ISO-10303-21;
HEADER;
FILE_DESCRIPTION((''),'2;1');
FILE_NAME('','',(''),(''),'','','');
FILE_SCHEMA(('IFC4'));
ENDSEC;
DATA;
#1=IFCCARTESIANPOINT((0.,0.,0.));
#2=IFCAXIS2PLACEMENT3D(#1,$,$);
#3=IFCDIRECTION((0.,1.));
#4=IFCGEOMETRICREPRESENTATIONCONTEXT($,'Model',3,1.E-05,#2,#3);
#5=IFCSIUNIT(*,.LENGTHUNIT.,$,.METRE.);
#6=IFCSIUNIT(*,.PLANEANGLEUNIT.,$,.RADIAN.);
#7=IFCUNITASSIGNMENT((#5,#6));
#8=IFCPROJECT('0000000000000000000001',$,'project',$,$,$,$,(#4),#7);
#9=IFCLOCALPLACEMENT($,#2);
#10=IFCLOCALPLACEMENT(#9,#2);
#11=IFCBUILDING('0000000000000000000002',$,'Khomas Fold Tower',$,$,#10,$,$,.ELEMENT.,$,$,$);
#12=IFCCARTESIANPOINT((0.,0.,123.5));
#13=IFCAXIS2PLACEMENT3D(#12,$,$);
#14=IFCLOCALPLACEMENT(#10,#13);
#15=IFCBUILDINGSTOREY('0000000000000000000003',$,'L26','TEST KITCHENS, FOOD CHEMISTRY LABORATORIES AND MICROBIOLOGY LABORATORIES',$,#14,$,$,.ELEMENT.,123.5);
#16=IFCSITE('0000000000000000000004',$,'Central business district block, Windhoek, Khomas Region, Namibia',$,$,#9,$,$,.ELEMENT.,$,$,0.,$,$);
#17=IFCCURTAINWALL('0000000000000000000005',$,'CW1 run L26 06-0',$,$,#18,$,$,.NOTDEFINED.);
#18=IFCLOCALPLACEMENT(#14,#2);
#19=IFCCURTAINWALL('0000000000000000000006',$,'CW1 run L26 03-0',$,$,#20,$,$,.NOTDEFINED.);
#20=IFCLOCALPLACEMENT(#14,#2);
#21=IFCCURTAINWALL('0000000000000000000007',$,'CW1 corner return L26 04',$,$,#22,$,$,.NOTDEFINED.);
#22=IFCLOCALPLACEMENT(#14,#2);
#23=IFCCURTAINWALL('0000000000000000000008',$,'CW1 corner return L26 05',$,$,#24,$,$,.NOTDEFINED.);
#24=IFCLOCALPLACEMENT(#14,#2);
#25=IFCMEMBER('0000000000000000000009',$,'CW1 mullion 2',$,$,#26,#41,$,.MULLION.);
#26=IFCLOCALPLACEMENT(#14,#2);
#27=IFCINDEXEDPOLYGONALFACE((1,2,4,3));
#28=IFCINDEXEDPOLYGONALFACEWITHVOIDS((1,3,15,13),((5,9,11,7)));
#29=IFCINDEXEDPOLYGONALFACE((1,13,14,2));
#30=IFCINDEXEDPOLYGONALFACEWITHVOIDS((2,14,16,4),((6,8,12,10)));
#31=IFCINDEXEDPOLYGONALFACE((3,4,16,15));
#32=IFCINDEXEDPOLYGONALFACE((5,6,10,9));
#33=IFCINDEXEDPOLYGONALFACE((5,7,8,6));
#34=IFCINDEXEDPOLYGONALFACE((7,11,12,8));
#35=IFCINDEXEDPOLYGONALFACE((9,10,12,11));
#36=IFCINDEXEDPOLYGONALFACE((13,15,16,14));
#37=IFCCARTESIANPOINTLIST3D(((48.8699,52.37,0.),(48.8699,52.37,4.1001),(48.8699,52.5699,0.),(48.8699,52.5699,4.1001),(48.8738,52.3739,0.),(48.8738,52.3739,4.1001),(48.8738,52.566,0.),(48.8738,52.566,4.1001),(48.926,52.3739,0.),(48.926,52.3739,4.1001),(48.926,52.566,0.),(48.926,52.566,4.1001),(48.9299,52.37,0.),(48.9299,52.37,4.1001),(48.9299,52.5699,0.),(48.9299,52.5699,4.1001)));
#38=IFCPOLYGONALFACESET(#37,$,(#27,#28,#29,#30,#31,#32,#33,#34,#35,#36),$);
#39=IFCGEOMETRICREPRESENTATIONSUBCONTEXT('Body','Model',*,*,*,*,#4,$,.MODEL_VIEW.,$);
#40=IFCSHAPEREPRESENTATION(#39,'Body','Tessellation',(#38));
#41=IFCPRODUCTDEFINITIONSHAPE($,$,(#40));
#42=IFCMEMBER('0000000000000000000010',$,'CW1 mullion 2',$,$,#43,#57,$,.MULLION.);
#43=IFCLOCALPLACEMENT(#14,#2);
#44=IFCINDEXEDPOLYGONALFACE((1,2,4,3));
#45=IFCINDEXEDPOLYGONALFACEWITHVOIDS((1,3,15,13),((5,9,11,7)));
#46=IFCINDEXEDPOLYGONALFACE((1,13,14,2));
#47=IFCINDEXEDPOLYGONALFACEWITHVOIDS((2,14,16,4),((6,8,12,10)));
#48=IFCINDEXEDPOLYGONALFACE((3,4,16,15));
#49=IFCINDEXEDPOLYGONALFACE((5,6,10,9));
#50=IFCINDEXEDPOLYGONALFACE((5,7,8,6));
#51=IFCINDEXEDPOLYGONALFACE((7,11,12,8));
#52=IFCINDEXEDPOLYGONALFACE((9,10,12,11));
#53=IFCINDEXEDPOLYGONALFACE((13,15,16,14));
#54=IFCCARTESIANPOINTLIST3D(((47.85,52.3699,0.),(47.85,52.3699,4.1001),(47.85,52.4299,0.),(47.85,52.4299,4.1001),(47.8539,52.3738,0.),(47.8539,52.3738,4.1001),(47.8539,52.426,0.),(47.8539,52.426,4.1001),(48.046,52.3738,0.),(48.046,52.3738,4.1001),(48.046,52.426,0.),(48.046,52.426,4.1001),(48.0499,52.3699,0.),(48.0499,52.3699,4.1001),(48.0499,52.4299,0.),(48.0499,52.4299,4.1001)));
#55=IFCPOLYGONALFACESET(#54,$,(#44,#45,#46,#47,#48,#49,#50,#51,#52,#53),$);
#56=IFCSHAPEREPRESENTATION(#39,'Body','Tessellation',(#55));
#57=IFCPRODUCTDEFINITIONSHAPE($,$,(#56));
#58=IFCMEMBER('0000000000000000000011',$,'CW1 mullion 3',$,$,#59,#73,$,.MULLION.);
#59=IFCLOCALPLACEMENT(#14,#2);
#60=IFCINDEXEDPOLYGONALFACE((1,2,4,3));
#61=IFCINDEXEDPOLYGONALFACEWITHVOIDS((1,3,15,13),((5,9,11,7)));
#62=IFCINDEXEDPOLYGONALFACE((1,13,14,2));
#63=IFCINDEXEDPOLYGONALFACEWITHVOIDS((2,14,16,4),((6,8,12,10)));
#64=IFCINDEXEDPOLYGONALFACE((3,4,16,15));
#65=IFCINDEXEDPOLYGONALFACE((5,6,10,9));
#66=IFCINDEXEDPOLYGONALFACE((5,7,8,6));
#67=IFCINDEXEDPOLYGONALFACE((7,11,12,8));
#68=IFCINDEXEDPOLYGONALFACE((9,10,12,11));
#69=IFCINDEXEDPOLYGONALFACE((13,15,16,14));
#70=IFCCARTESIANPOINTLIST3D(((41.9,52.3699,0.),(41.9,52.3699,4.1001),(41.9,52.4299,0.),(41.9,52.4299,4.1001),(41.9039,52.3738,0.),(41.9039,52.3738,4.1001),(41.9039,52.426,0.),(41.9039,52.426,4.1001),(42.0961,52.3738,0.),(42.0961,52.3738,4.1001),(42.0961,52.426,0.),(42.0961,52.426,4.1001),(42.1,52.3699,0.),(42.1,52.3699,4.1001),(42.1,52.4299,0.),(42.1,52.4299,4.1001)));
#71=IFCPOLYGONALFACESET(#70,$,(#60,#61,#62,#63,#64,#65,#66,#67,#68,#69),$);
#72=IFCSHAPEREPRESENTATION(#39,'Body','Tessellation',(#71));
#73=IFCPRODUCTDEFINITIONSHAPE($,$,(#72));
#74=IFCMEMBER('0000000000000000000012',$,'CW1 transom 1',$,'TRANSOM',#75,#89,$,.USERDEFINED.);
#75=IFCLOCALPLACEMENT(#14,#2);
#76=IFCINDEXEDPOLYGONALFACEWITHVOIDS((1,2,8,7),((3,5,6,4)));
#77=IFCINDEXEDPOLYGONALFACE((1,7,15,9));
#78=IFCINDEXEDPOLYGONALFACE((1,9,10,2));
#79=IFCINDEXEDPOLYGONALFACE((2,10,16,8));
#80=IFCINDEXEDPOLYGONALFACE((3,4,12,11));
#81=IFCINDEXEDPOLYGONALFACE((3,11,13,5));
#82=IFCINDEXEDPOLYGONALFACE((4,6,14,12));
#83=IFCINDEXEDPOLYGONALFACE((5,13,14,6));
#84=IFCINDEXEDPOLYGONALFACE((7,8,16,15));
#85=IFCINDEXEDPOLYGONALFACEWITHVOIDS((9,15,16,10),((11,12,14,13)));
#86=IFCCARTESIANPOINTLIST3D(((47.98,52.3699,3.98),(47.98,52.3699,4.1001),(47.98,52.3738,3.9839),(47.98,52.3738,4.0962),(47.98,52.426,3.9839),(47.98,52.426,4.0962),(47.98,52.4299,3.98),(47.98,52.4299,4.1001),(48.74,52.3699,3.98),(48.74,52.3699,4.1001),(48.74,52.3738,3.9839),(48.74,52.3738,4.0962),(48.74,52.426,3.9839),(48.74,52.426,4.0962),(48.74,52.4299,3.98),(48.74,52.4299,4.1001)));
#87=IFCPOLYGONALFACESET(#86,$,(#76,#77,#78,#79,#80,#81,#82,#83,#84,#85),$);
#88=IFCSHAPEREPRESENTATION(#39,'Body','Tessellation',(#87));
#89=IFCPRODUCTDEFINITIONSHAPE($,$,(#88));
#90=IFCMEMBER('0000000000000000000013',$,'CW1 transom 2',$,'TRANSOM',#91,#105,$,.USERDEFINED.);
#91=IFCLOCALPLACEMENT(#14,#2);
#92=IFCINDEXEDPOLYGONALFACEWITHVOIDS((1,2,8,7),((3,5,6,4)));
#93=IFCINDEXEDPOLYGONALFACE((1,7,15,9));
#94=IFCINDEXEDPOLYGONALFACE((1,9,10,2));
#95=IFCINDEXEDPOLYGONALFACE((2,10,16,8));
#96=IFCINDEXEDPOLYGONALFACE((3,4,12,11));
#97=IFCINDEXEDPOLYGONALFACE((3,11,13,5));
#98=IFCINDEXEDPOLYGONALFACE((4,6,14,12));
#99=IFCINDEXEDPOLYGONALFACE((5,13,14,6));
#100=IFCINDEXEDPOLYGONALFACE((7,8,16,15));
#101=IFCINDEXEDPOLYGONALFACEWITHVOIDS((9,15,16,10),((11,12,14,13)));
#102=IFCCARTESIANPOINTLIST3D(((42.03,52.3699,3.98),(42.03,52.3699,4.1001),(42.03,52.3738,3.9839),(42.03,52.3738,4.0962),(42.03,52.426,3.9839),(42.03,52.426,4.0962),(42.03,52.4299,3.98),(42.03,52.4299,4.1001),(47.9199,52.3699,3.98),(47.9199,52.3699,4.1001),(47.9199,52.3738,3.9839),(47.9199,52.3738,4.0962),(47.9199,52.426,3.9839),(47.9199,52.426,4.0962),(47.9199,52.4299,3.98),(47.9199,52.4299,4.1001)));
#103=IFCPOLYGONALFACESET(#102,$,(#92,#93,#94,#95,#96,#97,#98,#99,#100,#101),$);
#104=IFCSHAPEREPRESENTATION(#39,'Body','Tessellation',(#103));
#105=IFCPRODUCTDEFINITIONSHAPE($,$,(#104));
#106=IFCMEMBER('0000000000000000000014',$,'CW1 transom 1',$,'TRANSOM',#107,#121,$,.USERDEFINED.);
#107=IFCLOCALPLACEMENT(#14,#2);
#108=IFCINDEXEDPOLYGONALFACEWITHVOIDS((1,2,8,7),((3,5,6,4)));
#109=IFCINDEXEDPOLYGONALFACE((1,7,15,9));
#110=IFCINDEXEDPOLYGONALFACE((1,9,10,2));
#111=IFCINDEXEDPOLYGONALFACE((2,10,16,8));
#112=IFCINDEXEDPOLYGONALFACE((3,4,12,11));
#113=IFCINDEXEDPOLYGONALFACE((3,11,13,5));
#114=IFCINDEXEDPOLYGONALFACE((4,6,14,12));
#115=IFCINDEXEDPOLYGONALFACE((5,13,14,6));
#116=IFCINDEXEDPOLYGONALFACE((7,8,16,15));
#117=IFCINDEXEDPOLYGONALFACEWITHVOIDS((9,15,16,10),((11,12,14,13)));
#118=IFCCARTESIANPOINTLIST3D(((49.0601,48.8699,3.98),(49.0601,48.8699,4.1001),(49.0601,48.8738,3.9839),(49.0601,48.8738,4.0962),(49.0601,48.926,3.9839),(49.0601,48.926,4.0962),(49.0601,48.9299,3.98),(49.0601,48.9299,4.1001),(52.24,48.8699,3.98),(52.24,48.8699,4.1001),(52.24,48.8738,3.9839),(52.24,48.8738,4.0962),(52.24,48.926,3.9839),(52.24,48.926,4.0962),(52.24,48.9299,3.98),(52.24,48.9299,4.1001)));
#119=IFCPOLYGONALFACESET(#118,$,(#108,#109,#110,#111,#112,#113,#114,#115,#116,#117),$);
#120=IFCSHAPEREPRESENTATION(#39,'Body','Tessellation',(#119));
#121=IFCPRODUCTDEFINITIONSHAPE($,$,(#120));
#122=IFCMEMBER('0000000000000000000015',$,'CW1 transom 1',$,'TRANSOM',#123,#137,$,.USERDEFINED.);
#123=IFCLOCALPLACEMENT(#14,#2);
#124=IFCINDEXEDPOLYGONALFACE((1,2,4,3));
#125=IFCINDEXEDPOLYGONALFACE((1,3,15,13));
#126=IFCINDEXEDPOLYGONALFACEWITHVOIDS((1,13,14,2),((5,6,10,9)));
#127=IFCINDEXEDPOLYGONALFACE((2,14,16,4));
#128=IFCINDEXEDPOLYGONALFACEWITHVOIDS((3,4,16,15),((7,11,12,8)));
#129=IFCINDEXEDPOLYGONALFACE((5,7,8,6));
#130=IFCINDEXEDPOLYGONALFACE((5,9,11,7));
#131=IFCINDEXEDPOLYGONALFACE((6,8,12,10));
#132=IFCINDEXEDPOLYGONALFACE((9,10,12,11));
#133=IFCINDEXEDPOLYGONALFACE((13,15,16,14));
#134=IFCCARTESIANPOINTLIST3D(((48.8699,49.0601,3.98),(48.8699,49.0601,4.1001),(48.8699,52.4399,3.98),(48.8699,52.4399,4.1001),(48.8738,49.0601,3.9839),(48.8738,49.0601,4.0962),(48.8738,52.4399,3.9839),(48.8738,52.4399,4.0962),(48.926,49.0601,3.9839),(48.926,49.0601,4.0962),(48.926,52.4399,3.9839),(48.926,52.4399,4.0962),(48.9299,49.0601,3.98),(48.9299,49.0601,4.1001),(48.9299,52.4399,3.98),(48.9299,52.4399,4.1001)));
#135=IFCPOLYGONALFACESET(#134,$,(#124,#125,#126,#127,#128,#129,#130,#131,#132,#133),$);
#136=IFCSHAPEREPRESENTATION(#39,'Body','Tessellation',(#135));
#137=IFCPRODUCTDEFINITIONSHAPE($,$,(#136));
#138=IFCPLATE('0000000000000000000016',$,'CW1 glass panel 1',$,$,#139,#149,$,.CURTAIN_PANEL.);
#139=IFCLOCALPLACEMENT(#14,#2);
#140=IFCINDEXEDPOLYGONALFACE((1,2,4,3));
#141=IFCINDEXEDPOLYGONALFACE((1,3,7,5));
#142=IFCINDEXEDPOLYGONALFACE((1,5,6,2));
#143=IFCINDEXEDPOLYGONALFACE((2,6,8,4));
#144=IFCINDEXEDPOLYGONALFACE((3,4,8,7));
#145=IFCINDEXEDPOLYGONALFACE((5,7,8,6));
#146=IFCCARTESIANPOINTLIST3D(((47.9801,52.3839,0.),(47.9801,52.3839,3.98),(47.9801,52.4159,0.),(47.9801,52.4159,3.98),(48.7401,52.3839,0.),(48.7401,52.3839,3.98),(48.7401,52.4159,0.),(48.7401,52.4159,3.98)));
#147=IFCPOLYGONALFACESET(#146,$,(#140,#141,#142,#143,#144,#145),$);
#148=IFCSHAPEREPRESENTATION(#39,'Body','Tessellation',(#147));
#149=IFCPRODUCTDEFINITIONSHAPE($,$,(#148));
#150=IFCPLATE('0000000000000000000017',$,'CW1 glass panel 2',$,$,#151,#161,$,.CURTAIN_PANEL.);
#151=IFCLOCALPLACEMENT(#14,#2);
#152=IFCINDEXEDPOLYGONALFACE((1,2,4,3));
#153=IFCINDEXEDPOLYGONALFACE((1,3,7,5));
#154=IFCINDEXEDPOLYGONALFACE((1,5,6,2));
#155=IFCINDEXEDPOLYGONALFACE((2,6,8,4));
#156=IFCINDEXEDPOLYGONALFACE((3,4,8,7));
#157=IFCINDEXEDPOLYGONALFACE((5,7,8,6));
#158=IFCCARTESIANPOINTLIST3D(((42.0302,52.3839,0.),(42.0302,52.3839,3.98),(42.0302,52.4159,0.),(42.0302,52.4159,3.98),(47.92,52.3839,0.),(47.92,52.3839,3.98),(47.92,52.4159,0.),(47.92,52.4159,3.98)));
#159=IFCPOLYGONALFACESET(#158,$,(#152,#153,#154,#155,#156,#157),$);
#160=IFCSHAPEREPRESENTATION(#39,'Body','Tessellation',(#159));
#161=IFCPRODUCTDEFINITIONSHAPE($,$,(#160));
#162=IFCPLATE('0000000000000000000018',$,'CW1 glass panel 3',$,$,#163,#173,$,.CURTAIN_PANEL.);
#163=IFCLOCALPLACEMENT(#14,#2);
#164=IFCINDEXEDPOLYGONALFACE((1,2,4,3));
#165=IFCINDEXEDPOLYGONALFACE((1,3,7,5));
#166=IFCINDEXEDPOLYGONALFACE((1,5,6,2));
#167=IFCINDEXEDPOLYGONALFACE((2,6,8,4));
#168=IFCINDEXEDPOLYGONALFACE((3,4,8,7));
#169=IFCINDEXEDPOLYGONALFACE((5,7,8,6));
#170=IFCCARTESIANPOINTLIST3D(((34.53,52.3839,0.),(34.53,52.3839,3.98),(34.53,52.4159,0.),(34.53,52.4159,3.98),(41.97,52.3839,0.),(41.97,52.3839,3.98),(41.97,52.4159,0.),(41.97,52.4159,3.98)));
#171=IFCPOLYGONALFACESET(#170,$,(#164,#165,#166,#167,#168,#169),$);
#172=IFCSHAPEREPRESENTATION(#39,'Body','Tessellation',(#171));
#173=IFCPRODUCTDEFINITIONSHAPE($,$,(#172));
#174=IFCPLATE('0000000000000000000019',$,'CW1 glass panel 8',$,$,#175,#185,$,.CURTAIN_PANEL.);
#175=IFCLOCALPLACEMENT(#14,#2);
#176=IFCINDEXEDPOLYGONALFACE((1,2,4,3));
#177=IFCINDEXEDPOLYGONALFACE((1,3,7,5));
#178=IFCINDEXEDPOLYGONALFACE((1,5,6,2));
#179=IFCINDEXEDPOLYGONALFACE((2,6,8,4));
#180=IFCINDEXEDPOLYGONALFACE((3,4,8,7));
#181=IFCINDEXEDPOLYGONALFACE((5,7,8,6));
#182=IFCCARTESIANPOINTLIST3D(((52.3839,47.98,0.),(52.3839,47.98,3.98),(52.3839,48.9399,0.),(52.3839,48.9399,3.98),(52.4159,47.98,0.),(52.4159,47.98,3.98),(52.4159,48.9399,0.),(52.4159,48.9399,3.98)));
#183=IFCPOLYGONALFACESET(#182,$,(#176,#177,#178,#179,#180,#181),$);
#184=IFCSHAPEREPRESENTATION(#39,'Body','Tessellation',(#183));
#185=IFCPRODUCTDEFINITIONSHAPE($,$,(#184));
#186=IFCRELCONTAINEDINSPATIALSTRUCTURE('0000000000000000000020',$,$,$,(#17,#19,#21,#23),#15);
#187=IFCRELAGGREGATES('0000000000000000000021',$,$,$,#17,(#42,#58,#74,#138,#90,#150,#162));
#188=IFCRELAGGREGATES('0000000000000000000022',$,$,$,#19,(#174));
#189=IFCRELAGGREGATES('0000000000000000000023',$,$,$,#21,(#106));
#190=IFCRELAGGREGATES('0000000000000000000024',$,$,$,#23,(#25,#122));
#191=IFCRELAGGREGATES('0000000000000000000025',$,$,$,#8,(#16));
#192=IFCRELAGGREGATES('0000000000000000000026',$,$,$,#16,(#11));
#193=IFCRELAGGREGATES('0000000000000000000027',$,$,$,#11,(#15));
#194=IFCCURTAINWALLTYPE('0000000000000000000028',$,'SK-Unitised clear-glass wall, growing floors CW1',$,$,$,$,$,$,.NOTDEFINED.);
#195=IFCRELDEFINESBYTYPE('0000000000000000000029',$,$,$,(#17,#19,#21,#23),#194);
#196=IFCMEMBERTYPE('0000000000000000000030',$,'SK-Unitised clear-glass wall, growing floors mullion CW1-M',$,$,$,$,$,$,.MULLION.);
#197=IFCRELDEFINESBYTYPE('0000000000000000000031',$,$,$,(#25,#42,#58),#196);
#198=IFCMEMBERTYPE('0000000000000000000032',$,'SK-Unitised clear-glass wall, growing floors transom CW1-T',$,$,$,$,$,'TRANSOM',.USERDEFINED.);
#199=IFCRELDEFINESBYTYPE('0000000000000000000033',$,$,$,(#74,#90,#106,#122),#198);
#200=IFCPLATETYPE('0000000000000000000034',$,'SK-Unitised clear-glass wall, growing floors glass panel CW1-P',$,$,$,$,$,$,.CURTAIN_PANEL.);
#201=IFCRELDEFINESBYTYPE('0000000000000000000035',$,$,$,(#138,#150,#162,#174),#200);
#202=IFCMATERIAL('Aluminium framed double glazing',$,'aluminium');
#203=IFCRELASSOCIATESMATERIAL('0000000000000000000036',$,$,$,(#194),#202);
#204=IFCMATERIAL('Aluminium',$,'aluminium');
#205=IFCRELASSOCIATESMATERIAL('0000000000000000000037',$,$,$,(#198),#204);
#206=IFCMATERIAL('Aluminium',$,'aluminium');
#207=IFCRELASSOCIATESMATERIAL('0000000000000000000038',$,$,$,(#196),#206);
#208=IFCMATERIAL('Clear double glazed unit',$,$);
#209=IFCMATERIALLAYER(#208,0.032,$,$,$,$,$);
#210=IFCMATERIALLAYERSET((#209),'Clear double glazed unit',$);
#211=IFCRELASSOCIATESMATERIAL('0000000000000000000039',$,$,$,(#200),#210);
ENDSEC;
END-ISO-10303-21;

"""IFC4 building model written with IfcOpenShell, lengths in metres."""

from ifc_helpers import new_model, si_unit, direction, frame, origin, origin_2d, place, context, subcontext, project, spatial, rectangle, hollow_rectangle, extrude, source, transform, mapped, material, layer, layer_set, material_profile, profile_set, type_object, element, aggregate, save


model = new_model("IFC4")

# Units and contexts
model_context = context("Model", 3, precision=1e-05, world=origin(), true_north=direction((0.0, 1.0)))
body_context = subcontext(model_context, "Body", "Model", "MODEL_VIEW")
ifc_project = project(units=[si_unit("LENGTHUNIT", "METRE"), si_unit("PLANEANGLEUNIT", "RADIAN")], contexts=[model_context])

# Site, building, storey
site_placement = place(None, origin())
site = spatial("IfcSite", under=ifc_project, at=site_placement, Name="Central business district block, Windhoek, Khomas Region, Namibia", CompositionType="ELEMENT", RefElevation=0.0)
building_placement = place(site_placement, origin())
building = spatial("IfcBuilding", under=site, at=building_placement, Name="Khomas Fold Tower", CompositionType="ELEMENT")
storey_placement = place(building_placement, frame((0.0, 0.0, 123.5)))
storey = spatial("IfcBuildingStorey", under=building, at=storey_placement, Name="L26", Description="TEST KITCHENS, FOOD CHEMISTRY LABORATORIES AND MICROBIOLOGY LABORATORIES", CompositionType="ELEMENT", Elevation=123.5)

# Curtain walls
ifc_material_1 = material(Name="Aluminium framed double glazing", Category="aluminium")
curtain_wall_type = type_object("IfcCurtainWallType", Name="SK-Unitised clear-glass wall, growing floors CW1", PredefinedType="NOTDEFINED", material=ifc_material_1)
curtain_wall_1_placement = place(storey_placement, origin())
curtain_wall_1 = element("IfcCurtainWall", 1, at=curtain_wall_1_placement, inside=storey, type_object=curtain_wall_type, Name="CW1 run L26 06-0", PredefinedType="NOTDEFINED")
ifc_material_2 = material(Name="Aluminium", Category="aluminium")
ifc_material_profile_1 = material_profile(ifc_material_2, hollow_rectangle(XDim=0.0601, YDim=0.1201, WallThickness=0.0039, at=origin_2d()), Name="SK-Unitised clear-glass wall, growing floors transom CW1-T")
ifc_profile_set_1 = profile_set([ifc_material_profile_1], Name="Aluminium")
member_type_1 = type_object("IfcMemberType", Name="SK-Unitised clear-glass wall, growing floors transom CW1-T", ElementType="TRANSOM", PredefinedType="USERDEFINED", material=ifc_profile_set_1)
curtain_wall_2_placement = place(storey_placement, origin())
curtain_wall_2 = element("IfcCurtainWall", 2, at=curtain_wall_2_placement, inside=storey, type_object=curtain_wall_type, Name="CW1 run L26 03-0", PredefinedType="NOTDEFINED")
ifc_material_3 = material(Name="Aluminium", Category="aluminium")
ifc_material_profile_2 = material_profile(ifc_material_3, hollow_rectangle(XDim=0.0601, YDim=0.2, WallThickness=0.0039, at=origin_2d()), Name="SK-Unitised clear-glass wall, growing floors mullion CW1-M")
ifc_profile_set_2 = profile_set([ifc_material_profile_2], Name="Aluminium")
member_type_2 = type_object("IfcMemberType", Name="SK-Unitised clear-glass wall, growing floors mullion CW1-M", PredefinedType="MULLION", material=ifc_profile_set_2)
shared_shape_1 = source(origin(), body_context, "Body", "SweptSolid", [
    extrude(hollow_rectangle(XDim=0.0601, YDim=0.2, WallThickness=0.0039, at=origin_2d()), origin(), (0.0, 0.0, 1.0), 4.1001),
])

# Curtain walls, member
curtain_wall_3_placement = place(storey_placement, origin())
curtain_wall_3 = element("IfcCurtainWall", 3, at=curtain_wall_3_placement, inside=storey, type_object=curtain_wall_type, Name="CW1 corner return L26 04", PredefinedType="NOTDEFINED")
curtain_wall_4_placement = place(storey_placement, origin())
curtain_wall_4 = element("IfcCurtainWall", 4, at=curtain_wall_4_placement, inside=storey, type_object=curtain_wall_type, Name="CW1 corner return L26 05", PredefinedType="NOTDEFINED")
member_1_placement = place(storey_placement, frame((48.8999, 52.47, 0.0), z_axis=(0.0, 0.0, 1.0), x_axis=(-1.0, 0.0, 0.0)))
member_1 = element("IfcMember", 5, at=member_1_placement, type_object=member_type_2, Name="CW1 mullion 2", PredefinedType="MULLION", context=body_context, shape_type="MappedRepresentation", body=[
    mapped(shared_shape_1, transform((0.0, 0.0, 0.0))),
])

# Members
member_2_placement = place(storey_placement, frame((47.95, 52.3999, 0.0), z_axis=(0.0, 0.0, 1.0), x_axis=(0.0, -1.0, 0.0)))
member_2 = element("IfcMember", 6, at=member_2_placement, type_object=member_type_2, Name="CW1 mullion 2", PredefinedType="MULLION", context=body_context, shape_type="MappedRepresentation", body=[
    mapped(shared_shape_1, transform((0.0, 0.0, 0.0))),
])
member_3_placement = place(storey_placement, frame((42.0, 52.3999, 0.0), z_axis=(0.0, 0.0, 1.0), x_axis=(0.0, -1.0, 0.0)))
member_3 = element("IfcMember", 7, at=member_3_placement, type_object=member_type_2, Name="CW1 mullion 3", PredefinedType="MULLION", context=body_context, shape_type="MappedRepresentation", body=[
    mapped(shared_shape_1, transform((0.0, 0.0, 0.0))),
])
shared_shape_2 = source(origin(), body_context, "Body", "SweptSolid", [
    extrude(hollow_rectangle(XDim=0.0601, YDim=0.1201, WallThickness=0.0039, at=origin_2d()), origin(), (0.0, 0.0, 1.0), 0.76),
])
member_4_placement = place(storey_placement, frame((48.74, 52.3999, 4.04), z_axis=(-1.0, 0.0, 0.0), x_axis=(0.0, -1.0, 0.0)))
member_4 = element("IfcMember", 8, at=member_4_placement, type_object=member_type_1, Name="CW1 transom 1", ObjectType="TRANSOM", PredefinedType="USERDEFINED", context=body_context, shape_type="MappedRepresentation", body=[
    mapped(shared_shape_2, transform((0.0, 0.0, 0.0))),
])
shared_shape_3 = source(origin(), body_context, "Body", "SweptSolid", [
    extrude(hollow_rectangle(XDim=0.0601, YDim=0.1201, WallThickness=0.0039, at=origin_2d()), origin(), (0.0, 0.0, 1.0), 5.8899),
])
member_5_placement = place(storey_placement, frame((47.9199, 52.3999, 4.04), z_axis=(-1.0, 0.0, 0.0), x_axis=(0.0, -1.0, 0.0)))
member_5 = element("IfcMember", 9, at=member_5_placement, type_object=member_type_1, Name="CW1 transom 2", ObjectType="TRANSOM", PredefinedType="USERDEFINED", context=body_context, shape_type="MappedRepresentation", body=[
    mapped(shared_shape_3, transform((0.0, 0.0, 0.0))),
])
shared_shape_4 = source(origin(), body_context, "Body", "SweptSolid", [
    extrude(hollow_rectangle(XDim=0.0601, YDim=0.1201, WallThickness=0.0039, at=origin_2d()), origin(), (0.0, 0.0, 1.0), 3.1799),
])
member_6_placement = place(storey_placement, frame((52.24, 48.8999, 4.04), z_axis=(-1.0, 0.0, 0.0), x_axis=(0.0, -1.0, 0.0)))
member_6 = element("IfcMember", 10, at=member_6_placement, type_object=member_type_1, Name="CW1 transom 1", ObjectType="TRANSOM", PredefinedType="USERDEFINED", context=body_context, shape_type="MappedRepresentation", body=[
    mapped(shared_shape_4, transform((0.0, 0.0, 0.0))),
])
shared_shape_5 = source(origin(), body_context, "Body", "SweptSolid", [
    extrude(hollow_rectangle(XDim=0.0601, YDim=0.1201, WallThickness=0.0039, at=origin_2d()), origin(), (0.0, 0.0, 1.0), 3.3799),
])
member_7_placement = place(storey_placement, frame((48.8999, 49.0601, 4.04), z_axis=(0.0, 1.0, 0.0), x_axis=(-1.0, 0.0, 0.0)))
member_7 = element("IfcMember", 11, at=member_7_placement, type_object=member_type_1, Name="CW1 transom 1", ObjectType="TRANSOM", PredefinedType="USERDEFINED", context=body_context, shape_type="MappedRepresentation", body=[
    mapped(shared_shape_5, transform((0.0, 0.0, 0.0))),
])

# Plates
ifc_material_4 = material(Name="Clear double glazed unit")
ifc_layer_1 = layer(ifc_material_4, 0.032)
ifc_layer_set_1 = layer_set([ifc_layer_1], Name="Clear double glazed unit")
plate_type = type_object("IfcPlateType", Name="SK-Unitised clear-glass wall, growing floors glass panel CW1-P", PredefinedType="CURTAIN_PANEL", material=ifc_layer_set_1)
shared_shape_6 = source(origin(), body_context, "Body", "SweptSolid", [
    extrude(rectangle(XDim=0.76, YDim=0.032, at=origin_2d()), origin(), (0.0, 0.0, 1.0), 3.98),
])
plate_1_placement = place(storey_placement, frame((48.3601, 52.3999, 0.0), z_axis=(0.0, 0.0, 1.0), x_axis=(-1.0, 0.0, 0.0)))
plate_1 = element("IfcPlate", 12, at=plate_1_placement, type_object=plate_type, Name="CW1 glass panel 1", PredefinedType="CURTAIN_PANEL", context=body_context, shape_type="MappedRepresentation", body=[
    mapped(shared_shape_6, transform((0.0, 0.0, 0.0))),
])
shared_shape_7 = source(origin(), body_context, "Body", "SweptSolid", [
    extrude(rectangle(XDim=5.8899, YDim=0.032, at=origin_2d()), origin(), (0.0, 0.0, 1.0), 3.98),
])
plate_2_placement = place(storey_placement, frame((44.9751, 52.3999, 0.0), z_axis=(0.0, 0.0, 1.0), x_axis=(-1.0, 0.0, 0.0)))
plate_2 = element("IfcPlate", 13, at=plate_2_placement, type_object=plate_type, Name="CW1 glass panel 2", PredefinedType="CURTAIN_PANEL", context=body_context, shape_type="MappedRepresentation", body=[
    mapped(shared_shape_7, transform((0.0, 0.0, 0.0))),
])
shared_shape_8 = source(origin(), body_context, "Body", "SweptSolid", [
    extrude(rectangle(XDim=7.4399, YDim=0.032, at=origin_2d()), origin(), (0.0, 0.0, 1.0), 3.98),
])
plate_3_placement = place(storey_placement, frame((38.25, 52.3999, 0.0), z_axis=(0.0, 0.0, 1.0), x_axis=(-1.0, 0.0, 0.0)))
plate_3 = element("IfcPlate", 14, at=plate_3_placement, type_object=plate_type, Name="CW1 glass panel 3", PredefinedType="CURTAIN_PANEL", context=body_context, shape_type="MappedRepresentation", body=[
    mapped(shared_shape_8, transform((0.0, 0.0, 0.0))),
])
aggregate(curtain_wall_1, [member_2, member_3, member_4, plate_1, member_5, plate_2, plate_3])
shared_shape_9 = source(origin(), body_context, "Body", "SweptSolid", [
    extrude(rectangle(XDim=0.96, YDim=0.032, at=origin_2d()), origin(), (0.0, 0.0, 1.0), 3.98),
])
plate_4_placement = place(storey_placement, frame((52.3999, 48.46, 0.0), z_axis=(0.0, 0.0, 1.0), x_axis=(0.0, 1.0, 0.0)))
plate_4 = element("IfcPlate", 15, at=plate_4_placement, type_object=plate_type, Name="CW1 glass panel 8", PredefinedType="CURTAIN_PANEL", context=body_context, shape_type="MappedRepresentation", body=[
    mapped(shared_shape_9, transform((0.0, 0.0, 0.0))),
])
aggregate(curtain_wall_2, [plate_4])
aggregate(curtain_wall_3, [member_6])
aggregate(curtain_wall_4, [member_1, member_7])

save(model, "model.ifc")
